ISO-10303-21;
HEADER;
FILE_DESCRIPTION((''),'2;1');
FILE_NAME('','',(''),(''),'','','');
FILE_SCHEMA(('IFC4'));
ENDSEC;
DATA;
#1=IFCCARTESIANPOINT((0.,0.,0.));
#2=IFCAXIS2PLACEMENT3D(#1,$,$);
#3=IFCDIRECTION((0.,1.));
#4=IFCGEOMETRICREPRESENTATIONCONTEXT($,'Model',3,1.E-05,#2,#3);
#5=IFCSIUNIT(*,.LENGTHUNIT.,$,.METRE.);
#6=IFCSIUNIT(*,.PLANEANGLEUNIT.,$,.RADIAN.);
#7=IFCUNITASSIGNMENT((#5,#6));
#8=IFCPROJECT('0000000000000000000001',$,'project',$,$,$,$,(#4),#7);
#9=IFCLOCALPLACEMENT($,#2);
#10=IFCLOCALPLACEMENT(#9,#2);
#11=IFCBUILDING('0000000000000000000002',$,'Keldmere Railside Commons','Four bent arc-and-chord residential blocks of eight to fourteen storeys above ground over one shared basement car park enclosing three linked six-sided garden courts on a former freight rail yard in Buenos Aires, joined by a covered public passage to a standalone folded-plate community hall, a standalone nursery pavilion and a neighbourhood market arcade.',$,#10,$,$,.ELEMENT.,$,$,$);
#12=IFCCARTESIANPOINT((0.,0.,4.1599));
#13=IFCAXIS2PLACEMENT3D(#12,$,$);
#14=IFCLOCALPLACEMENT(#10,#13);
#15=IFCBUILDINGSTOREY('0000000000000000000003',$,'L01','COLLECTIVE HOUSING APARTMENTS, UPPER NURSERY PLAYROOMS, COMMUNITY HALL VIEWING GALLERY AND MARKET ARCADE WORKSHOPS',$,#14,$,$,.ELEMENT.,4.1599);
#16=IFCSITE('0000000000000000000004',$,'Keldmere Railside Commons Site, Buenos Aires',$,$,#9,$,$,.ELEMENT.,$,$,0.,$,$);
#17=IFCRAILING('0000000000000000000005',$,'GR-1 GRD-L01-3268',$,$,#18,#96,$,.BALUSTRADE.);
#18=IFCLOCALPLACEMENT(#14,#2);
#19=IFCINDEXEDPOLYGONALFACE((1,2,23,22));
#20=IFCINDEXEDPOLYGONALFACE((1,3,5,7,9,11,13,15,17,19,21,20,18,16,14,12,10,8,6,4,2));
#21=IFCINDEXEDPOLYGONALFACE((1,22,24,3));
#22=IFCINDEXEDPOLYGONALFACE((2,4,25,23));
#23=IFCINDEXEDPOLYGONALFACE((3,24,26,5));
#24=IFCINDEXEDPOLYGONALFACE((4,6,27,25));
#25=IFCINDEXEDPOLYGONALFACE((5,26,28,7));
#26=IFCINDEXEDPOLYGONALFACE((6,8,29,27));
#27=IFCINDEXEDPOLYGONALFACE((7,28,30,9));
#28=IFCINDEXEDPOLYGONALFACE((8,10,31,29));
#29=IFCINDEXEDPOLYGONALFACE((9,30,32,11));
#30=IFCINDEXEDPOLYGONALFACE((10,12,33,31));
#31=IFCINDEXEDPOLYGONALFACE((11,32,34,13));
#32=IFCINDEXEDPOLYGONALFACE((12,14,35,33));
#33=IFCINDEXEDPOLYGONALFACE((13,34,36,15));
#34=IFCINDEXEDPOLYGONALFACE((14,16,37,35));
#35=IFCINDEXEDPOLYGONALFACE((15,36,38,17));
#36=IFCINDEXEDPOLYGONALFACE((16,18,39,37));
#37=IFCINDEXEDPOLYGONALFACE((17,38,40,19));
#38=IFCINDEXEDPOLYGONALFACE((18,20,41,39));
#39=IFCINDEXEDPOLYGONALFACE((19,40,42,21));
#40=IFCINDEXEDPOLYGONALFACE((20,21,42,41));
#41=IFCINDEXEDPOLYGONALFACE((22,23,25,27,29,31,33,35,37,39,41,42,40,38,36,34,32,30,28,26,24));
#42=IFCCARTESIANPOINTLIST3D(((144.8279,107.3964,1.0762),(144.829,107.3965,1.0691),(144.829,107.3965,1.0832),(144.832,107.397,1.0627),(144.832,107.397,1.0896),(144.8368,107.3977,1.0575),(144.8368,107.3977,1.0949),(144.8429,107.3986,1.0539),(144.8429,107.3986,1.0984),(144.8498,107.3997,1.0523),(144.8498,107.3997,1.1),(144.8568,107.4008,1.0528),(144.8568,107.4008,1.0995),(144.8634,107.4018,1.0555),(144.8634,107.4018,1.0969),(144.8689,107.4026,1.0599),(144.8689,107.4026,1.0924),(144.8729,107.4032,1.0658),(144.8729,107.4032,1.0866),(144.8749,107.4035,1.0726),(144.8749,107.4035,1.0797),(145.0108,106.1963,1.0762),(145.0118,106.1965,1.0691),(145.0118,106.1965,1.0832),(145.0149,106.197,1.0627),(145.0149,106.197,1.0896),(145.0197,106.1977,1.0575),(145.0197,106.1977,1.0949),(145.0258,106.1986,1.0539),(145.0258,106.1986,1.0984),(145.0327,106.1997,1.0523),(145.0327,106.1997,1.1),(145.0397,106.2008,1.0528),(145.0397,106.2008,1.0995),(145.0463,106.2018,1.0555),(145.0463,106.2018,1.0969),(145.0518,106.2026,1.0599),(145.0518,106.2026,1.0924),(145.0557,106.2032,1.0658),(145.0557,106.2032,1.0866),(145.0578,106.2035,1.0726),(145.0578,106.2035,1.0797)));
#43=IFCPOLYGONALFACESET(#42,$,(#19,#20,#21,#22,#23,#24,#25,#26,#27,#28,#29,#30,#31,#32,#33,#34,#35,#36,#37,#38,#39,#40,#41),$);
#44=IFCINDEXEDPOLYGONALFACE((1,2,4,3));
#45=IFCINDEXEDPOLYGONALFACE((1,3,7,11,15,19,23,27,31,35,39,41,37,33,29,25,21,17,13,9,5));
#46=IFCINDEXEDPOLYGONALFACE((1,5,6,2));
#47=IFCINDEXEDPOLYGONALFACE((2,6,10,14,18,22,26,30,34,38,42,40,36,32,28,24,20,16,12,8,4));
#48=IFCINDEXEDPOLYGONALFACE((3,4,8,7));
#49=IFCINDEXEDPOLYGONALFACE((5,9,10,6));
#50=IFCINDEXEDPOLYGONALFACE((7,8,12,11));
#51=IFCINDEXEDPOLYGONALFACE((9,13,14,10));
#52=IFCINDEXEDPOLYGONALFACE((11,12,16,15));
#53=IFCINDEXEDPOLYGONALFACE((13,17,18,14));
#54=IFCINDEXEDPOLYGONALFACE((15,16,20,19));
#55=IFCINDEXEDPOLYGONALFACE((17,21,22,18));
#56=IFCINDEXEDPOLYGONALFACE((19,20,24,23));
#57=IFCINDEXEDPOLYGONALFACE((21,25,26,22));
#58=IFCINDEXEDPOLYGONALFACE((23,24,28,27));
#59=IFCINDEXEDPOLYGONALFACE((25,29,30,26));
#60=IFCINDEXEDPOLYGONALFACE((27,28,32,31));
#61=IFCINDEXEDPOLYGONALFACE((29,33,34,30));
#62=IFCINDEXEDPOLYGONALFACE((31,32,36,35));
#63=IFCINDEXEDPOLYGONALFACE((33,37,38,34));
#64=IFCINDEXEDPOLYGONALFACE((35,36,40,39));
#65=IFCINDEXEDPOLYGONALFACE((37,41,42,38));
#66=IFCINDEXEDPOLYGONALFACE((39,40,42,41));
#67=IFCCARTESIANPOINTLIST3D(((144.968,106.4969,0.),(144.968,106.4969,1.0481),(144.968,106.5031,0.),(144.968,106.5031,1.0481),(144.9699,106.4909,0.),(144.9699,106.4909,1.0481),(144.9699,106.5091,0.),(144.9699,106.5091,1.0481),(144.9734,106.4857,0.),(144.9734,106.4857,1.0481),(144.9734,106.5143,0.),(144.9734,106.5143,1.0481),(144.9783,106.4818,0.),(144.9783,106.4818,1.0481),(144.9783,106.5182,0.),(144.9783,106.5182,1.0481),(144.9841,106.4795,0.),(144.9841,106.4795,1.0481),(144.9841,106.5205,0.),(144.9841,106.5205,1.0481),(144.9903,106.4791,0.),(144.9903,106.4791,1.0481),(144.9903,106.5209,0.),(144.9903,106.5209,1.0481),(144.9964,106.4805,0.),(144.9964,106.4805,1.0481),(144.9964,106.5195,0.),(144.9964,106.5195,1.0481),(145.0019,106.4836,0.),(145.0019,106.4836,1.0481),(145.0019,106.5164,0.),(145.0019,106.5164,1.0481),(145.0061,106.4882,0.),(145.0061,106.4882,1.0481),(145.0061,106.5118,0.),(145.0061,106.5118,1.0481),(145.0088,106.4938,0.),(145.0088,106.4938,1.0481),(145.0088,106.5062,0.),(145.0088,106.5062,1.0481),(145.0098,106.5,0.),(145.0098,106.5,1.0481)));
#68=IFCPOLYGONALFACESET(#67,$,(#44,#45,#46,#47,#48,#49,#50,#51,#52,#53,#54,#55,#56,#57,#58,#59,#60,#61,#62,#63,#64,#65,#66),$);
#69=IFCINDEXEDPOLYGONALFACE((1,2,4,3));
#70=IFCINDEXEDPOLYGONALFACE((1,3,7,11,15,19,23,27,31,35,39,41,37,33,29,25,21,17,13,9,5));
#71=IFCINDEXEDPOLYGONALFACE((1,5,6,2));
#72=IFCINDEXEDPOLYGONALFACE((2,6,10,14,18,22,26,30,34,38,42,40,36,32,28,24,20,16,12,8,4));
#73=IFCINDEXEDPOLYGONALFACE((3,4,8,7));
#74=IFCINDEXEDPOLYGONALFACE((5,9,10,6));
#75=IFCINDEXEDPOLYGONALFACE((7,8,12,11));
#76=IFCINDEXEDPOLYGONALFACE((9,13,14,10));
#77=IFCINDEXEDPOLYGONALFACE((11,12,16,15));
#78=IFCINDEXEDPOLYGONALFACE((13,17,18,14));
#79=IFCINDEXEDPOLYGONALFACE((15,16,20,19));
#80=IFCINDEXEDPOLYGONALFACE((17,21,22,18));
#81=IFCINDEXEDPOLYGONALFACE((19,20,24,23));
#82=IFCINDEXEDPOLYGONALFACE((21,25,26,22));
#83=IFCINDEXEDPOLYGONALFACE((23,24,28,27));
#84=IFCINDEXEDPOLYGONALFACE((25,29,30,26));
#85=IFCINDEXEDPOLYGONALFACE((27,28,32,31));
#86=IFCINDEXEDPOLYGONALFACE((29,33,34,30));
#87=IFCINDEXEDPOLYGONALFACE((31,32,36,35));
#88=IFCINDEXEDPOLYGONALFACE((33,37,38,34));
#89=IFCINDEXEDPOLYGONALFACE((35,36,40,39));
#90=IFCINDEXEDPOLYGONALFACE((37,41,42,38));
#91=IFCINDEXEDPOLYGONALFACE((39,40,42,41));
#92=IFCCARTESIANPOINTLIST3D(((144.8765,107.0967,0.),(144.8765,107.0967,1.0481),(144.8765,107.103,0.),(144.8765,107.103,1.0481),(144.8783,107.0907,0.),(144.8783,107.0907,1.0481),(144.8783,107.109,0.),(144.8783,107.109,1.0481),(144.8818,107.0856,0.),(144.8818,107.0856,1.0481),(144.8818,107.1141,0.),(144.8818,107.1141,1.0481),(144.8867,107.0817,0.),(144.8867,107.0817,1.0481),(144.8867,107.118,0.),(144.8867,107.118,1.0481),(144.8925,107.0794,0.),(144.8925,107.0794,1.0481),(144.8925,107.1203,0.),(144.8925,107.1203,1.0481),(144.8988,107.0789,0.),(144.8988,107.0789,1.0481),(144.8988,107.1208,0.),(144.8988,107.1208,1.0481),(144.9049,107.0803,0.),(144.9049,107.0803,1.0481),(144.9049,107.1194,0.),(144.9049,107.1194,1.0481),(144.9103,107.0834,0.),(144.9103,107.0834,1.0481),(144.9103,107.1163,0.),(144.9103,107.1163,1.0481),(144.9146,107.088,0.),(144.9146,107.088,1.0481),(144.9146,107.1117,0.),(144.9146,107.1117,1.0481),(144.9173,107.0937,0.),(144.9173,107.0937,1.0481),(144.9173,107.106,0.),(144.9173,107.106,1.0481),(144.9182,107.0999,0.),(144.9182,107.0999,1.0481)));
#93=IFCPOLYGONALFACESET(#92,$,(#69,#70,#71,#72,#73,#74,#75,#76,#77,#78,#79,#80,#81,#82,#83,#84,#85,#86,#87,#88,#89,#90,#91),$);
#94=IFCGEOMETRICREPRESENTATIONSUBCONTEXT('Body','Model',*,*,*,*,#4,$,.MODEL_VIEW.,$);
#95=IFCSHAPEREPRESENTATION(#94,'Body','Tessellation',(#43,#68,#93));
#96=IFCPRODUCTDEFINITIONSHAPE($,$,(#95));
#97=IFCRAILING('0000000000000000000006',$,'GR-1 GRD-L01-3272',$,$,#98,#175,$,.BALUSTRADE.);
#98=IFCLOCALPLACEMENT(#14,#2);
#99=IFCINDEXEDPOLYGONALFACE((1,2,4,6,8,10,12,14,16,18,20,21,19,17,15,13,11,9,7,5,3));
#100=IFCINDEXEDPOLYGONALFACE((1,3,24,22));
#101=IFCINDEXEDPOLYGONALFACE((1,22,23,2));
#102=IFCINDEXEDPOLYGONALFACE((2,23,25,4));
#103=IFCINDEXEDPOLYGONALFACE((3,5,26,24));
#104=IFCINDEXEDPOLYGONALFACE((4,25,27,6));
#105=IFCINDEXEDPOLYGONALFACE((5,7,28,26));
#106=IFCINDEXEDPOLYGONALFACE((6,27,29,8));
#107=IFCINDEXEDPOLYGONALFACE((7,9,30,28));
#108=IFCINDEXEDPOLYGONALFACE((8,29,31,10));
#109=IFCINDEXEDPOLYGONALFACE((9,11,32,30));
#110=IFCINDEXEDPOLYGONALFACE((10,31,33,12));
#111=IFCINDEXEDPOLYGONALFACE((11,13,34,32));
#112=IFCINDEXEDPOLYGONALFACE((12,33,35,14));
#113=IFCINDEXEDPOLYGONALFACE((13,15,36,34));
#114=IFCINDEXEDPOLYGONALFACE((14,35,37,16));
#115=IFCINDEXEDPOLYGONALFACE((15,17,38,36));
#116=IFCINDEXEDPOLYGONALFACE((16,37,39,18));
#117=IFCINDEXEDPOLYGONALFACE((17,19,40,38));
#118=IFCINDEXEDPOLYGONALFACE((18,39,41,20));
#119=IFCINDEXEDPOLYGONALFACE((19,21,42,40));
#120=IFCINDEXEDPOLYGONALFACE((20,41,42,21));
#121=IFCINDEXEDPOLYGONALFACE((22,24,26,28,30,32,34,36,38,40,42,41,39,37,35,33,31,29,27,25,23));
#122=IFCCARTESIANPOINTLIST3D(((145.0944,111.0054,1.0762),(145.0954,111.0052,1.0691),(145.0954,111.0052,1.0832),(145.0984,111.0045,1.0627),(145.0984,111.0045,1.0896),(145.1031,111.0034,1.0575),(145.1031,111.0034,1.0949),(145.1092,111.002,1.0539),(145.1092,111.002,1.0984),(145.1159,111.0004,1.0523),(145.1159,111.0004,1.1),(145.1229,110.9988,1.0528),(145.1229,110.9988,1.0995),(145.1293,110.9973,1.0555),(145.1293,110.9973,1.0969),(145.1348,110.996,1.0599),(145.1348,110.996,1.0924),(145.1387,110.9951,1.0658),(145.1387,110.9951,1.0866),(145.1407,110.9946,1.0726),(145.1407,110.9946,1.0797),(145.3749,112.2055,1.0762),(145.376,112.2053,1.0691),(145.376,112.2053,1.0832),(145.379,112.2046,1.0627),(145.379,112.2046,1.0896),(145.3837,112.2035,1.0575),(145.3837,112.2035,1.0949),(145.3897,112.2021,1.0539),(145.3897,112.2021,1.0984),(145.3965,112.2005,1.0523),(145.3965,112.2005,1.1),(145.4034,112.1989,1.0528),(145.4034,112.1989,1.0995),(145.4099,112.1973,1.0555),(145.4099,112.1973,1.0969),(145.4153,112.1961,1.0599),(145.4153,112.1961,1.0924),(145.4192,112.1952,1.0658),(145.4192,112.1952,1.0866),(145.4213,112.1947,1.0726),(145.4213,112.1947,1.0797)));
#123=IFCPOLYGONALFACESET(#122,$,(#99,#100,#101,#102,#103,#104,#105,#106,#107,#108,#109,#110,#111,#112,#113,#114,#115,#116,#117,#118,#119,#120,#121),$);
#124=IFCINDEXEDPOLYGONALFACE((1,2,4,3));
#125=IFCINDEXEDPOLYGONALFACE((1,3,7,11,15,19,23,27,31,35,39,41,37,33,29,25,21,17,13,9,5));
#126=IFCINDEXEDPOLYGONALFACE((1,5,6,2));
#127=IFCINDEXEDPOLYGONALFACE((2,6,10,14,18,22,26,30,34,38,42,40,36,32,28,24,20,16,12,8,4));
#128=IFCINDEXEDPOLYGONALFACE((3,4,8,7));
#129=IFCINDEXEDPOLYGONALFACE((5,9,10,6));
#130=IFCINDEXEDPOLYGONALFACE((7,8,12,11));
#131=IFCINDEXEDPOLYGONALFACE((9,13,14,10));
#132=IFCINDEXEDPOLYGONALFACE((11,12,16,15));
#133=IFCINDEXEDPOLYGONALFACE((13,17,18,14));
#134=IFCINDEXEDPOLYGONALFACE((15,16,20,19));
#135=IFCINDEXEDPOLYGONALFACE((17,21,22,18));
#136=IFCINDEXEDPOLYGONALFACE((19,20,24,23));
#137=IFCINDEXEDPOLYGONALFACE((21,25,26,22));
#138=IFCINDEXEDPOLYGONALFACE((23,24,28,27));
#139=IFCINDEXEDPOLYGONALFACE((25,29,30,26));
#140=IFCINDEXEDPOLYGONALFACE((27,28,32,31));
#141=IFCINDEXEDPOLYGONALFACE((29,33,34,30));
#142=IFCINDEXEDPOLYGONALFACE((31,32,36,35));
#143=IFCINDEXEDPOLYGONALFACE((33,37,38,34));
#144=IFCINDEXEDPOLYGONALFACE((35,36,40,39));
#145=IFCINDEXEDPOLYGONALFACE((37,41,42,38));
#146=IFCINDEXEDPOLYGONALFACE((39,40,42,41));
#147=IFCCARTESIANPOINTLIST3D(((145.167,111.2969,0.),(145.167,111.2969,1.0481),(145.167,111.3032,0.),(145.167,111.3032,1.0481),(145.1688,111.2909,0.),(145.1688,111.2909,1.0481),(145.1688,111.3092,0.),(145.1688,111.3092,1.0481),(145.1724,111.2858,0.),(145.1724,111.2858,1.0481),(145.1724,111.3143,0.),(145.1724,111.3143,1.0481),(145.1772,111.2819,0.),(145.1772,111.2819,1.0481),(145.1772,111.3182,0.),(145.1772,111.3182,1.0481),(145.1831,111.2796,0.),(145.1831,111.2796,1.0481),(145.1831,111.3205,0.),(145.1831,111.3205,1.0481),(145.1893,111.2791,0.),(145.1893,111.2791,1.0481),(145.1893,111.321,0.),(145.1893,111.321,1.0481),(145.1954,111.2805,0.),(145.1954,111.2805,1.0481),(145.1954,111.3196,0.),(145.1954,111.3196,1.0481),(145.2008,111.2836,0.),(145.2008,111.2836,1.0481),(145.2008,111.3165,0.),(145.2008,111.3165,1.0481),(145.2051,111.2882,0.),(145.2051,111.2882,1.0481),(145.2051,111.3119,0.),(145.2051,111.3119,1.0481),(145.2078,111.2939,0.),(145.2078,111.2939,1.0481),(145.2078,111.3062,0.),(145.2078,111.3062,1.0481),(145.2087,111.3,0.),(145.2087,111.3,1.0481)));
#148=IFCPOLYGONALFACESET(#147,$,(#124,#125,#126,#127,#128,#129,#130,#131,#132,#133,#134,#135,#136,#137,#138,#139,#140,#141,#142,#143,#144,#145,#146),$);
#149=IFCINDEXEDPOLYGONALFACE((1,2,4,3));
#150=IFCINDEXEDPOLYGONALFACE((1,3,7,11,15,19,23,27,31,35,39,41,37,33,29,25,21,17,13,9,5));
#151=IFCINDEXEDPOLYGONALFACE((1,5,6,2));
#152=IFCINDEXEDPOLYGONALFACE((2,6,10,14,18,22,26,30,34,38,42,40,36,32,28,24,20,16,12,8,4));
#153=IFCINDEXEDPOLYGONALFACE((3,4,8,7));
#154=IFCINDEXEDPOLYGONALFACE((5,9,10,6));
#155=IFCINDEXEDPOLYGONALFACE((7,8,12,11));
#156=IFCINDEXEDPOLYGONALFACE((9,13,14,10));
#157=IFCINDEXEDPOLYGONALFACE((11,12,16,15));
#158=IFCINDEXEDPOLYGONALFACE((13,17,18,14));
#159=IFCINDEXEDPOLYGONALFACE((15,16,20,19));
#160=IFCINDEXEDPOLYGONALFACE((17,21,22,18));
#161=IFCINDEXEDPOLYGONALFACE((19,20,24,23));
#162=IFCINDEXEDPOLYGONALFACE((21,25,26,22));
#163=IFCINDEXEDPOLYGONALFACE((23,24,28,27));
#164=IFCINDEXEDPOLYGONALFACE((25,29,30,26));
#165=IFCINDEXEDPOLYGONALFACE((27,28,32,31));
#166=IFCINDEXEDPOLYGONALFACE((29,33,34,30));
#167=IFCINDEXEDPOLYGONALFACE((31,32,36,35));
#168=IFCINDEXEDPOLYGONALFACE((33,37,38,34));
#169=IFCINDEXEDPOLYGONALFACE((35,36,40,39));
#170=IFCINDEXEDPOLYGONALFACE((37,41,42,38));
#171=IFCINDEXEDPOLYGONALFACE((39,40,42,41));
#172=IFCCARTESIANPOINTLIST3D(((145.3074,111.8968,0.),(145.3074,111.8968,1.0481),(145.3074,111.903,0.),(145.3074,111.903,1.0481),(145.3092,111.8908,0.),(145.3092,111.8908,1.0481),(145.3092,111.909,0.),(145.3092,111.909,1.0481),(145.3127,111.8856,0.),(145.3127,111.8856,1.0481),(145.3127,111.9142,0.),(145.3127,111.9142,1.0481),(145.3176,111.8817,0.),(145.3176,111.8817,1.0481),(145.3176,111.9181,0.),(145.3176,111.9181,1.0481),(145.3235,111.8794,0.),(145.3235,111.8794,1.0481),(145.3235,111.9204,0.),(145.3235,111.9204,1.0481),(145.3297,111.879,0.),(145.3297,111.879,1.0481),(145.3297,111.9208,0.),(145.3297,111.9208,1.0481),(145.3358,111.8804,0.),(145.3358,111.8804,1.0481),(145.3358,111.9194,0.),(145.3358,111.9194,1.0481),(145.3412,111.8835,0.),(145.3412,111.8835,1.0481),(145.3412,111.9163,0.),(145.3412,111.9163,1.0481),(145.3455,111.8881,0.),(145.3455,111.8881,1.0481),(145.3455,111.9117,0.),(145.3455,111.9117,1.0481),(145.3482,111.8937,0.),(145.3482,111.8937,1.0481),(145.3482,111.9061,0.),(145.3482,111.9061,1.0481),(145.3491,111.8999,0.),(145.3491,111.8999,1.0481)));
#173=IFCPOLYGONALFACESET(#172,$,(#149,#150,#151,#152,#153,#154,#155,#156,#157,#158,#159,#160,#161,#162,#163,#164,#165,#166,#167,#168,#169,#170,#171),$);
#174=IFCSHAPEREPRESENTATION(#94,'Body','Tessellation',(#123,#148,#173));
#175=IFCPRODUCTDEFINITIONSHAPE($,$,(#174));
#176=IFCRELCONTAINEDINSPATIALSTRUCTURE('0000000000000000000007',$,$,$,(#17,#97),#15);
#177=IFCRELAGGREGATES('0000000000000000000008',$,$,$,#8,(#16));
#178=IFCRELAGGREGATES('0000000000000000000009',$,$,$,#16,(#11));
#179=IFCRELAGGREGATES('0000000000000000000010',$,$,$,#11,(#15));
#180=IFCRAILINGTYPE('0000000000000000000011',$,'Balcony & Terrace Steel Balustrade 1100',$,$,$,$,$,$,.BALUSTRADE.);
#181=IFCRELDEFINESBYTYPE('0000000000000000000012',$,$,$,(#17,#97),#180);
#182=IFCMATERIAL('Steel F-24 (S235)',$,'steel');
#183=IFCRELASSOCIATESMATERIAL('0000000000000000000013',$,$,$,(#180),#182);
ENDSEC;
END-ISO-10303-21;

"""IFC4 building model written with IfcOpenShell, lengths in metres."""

from ifc_helpers import new_model, si_unit, direction, frame, origin, origin_2d, place, context, subcontext, project, spatial, circle, extrude, material, type_object, element, save


model = new_model("IFC4")

# Units and contexts
model_context = context("Model", 3, precision=1e-05, world=origin(), true_north=direction((0.0, 1.0)))
body_context = subcontext(model_context, "Body", "Model", "MODEL_VIEW")
ifc_project = project(units=[si_unit("LENGTHUNIT", "METRE"), si_unit("PLANEANGLEUNIT", "RADIAN")], contexts=[model_context])

# Site, building, storey
site_placement = place(None, origin())
site = spatial("IfcSite", under=ifc_project, at=site_placement, Name="Keldmere Railside Commons Site, Buenos Aires", CompositionType="ELEMENT", RefElevation=0.0)
building_placement = place(site_placement, origin())
building = spatial("IfcBuilding", under=site, at=building_placement, Name="Keldmere Railside Commons", Description="Four bent arc-and-chord residential blocks of eight to fourteen storeys above ground over one shared basement car park enclosing three linked six-sided garden courts on a former freight rail yard in Buenos Aires, joined by a covered public passage to a standalone folded-plate community hall, a standalone nursery pavilion and a neighbourhood market arcade.", CompositionType="ELEMENT")
storey_placement = place(building_placement, frame((0.0, 0.0, 4.1599)))
storey = spatial("IfcBuildingStorey", under=building, at=storey_placement, Name="L01", Description="COLLECTIVE HOUSING APARTMENTS, UPPER NURSERY PLAYROOMS, COMMUNITY HALL VIEWING GALLERY AND MARKET ARCADE WORKSHOPS", CompositionType="ELEMENT", Elevation=4.1599)

# Shared definitions
ifc_material_1 = material(Name="Steel F-24 (S235)", Category="steel")

# Railings
railing_type = type_object("IfcRailingType", Name="Balcony & Terrace Steel Balustrade 1100", PredefinedType="BALUSTRADE", material=ifc_material_1)
railing_1_placement = place(storey_placement, frame((145.0344, 106.2, 0.0)))
element("IfcRailing", 1, at=railing_1_placement, inside=storey, type_object=railing_type, Name="GR-1 GRD-L01-3268", PredefinedType="BALUSTRADE", context=body_context, shape_type="SweptSolid", body=[
    extrude(circle(Radius=0.0239, at=origin_2d()), frame((0.0, 0.0, 1.0762), z_axis=(-0.150651, 0.988587, 0.0), x_axis=(-0.988587, -0.150651, 0.0)), (0.0, 0.0, 1.0), 1.2139),
    extrude(circle(Radius=0.021, at=origin_2d()), frame((-0.0457, 0.3, 0.0)), (0.0, 0.0, 1.0), 1.0481),
    extrude(circle(Radius=0.021, at=origin_2d()), frame((-0.1372, 0.8999, 0.0)), (0.0, 0.0, 1.0), 1.0481),
])
railing_2_placement = place(storey_placement, frame((145.1177, 111.0, 0.0)))
element("IfcRailing", 2, at=railing_2_placement, inside=storey, type_object=railing_type, Name="GR-1 GRD-L01-3272", PredefinedType="BALUSTRADE", context=body_context, shape_type="SweptSolid", body=[
    extrude(circle(Radius=0.0239, at=origin_2d()), frame((0.0, 0.0, 1.0762), z_axis=(0.227637, 0.973746, 0.0), x_axis=(-0.973746, 0.227637, 0.0)), (0.0, 0.0, 1.0), 1.2324),
    extrude(circle(Radius=0.021, at=origin_2d()), frame((0.0701, 0.3, 0.0)), (0.0, 0.0, 1.0), 1.0481),
    extrude(circle(Radius=0.021, at=origin_2d()), frame((0.2104, 0.8999, 0.0)), (0.0, 0.0, 1.0), 1.0481),
])

save(model, "model.ifc")
